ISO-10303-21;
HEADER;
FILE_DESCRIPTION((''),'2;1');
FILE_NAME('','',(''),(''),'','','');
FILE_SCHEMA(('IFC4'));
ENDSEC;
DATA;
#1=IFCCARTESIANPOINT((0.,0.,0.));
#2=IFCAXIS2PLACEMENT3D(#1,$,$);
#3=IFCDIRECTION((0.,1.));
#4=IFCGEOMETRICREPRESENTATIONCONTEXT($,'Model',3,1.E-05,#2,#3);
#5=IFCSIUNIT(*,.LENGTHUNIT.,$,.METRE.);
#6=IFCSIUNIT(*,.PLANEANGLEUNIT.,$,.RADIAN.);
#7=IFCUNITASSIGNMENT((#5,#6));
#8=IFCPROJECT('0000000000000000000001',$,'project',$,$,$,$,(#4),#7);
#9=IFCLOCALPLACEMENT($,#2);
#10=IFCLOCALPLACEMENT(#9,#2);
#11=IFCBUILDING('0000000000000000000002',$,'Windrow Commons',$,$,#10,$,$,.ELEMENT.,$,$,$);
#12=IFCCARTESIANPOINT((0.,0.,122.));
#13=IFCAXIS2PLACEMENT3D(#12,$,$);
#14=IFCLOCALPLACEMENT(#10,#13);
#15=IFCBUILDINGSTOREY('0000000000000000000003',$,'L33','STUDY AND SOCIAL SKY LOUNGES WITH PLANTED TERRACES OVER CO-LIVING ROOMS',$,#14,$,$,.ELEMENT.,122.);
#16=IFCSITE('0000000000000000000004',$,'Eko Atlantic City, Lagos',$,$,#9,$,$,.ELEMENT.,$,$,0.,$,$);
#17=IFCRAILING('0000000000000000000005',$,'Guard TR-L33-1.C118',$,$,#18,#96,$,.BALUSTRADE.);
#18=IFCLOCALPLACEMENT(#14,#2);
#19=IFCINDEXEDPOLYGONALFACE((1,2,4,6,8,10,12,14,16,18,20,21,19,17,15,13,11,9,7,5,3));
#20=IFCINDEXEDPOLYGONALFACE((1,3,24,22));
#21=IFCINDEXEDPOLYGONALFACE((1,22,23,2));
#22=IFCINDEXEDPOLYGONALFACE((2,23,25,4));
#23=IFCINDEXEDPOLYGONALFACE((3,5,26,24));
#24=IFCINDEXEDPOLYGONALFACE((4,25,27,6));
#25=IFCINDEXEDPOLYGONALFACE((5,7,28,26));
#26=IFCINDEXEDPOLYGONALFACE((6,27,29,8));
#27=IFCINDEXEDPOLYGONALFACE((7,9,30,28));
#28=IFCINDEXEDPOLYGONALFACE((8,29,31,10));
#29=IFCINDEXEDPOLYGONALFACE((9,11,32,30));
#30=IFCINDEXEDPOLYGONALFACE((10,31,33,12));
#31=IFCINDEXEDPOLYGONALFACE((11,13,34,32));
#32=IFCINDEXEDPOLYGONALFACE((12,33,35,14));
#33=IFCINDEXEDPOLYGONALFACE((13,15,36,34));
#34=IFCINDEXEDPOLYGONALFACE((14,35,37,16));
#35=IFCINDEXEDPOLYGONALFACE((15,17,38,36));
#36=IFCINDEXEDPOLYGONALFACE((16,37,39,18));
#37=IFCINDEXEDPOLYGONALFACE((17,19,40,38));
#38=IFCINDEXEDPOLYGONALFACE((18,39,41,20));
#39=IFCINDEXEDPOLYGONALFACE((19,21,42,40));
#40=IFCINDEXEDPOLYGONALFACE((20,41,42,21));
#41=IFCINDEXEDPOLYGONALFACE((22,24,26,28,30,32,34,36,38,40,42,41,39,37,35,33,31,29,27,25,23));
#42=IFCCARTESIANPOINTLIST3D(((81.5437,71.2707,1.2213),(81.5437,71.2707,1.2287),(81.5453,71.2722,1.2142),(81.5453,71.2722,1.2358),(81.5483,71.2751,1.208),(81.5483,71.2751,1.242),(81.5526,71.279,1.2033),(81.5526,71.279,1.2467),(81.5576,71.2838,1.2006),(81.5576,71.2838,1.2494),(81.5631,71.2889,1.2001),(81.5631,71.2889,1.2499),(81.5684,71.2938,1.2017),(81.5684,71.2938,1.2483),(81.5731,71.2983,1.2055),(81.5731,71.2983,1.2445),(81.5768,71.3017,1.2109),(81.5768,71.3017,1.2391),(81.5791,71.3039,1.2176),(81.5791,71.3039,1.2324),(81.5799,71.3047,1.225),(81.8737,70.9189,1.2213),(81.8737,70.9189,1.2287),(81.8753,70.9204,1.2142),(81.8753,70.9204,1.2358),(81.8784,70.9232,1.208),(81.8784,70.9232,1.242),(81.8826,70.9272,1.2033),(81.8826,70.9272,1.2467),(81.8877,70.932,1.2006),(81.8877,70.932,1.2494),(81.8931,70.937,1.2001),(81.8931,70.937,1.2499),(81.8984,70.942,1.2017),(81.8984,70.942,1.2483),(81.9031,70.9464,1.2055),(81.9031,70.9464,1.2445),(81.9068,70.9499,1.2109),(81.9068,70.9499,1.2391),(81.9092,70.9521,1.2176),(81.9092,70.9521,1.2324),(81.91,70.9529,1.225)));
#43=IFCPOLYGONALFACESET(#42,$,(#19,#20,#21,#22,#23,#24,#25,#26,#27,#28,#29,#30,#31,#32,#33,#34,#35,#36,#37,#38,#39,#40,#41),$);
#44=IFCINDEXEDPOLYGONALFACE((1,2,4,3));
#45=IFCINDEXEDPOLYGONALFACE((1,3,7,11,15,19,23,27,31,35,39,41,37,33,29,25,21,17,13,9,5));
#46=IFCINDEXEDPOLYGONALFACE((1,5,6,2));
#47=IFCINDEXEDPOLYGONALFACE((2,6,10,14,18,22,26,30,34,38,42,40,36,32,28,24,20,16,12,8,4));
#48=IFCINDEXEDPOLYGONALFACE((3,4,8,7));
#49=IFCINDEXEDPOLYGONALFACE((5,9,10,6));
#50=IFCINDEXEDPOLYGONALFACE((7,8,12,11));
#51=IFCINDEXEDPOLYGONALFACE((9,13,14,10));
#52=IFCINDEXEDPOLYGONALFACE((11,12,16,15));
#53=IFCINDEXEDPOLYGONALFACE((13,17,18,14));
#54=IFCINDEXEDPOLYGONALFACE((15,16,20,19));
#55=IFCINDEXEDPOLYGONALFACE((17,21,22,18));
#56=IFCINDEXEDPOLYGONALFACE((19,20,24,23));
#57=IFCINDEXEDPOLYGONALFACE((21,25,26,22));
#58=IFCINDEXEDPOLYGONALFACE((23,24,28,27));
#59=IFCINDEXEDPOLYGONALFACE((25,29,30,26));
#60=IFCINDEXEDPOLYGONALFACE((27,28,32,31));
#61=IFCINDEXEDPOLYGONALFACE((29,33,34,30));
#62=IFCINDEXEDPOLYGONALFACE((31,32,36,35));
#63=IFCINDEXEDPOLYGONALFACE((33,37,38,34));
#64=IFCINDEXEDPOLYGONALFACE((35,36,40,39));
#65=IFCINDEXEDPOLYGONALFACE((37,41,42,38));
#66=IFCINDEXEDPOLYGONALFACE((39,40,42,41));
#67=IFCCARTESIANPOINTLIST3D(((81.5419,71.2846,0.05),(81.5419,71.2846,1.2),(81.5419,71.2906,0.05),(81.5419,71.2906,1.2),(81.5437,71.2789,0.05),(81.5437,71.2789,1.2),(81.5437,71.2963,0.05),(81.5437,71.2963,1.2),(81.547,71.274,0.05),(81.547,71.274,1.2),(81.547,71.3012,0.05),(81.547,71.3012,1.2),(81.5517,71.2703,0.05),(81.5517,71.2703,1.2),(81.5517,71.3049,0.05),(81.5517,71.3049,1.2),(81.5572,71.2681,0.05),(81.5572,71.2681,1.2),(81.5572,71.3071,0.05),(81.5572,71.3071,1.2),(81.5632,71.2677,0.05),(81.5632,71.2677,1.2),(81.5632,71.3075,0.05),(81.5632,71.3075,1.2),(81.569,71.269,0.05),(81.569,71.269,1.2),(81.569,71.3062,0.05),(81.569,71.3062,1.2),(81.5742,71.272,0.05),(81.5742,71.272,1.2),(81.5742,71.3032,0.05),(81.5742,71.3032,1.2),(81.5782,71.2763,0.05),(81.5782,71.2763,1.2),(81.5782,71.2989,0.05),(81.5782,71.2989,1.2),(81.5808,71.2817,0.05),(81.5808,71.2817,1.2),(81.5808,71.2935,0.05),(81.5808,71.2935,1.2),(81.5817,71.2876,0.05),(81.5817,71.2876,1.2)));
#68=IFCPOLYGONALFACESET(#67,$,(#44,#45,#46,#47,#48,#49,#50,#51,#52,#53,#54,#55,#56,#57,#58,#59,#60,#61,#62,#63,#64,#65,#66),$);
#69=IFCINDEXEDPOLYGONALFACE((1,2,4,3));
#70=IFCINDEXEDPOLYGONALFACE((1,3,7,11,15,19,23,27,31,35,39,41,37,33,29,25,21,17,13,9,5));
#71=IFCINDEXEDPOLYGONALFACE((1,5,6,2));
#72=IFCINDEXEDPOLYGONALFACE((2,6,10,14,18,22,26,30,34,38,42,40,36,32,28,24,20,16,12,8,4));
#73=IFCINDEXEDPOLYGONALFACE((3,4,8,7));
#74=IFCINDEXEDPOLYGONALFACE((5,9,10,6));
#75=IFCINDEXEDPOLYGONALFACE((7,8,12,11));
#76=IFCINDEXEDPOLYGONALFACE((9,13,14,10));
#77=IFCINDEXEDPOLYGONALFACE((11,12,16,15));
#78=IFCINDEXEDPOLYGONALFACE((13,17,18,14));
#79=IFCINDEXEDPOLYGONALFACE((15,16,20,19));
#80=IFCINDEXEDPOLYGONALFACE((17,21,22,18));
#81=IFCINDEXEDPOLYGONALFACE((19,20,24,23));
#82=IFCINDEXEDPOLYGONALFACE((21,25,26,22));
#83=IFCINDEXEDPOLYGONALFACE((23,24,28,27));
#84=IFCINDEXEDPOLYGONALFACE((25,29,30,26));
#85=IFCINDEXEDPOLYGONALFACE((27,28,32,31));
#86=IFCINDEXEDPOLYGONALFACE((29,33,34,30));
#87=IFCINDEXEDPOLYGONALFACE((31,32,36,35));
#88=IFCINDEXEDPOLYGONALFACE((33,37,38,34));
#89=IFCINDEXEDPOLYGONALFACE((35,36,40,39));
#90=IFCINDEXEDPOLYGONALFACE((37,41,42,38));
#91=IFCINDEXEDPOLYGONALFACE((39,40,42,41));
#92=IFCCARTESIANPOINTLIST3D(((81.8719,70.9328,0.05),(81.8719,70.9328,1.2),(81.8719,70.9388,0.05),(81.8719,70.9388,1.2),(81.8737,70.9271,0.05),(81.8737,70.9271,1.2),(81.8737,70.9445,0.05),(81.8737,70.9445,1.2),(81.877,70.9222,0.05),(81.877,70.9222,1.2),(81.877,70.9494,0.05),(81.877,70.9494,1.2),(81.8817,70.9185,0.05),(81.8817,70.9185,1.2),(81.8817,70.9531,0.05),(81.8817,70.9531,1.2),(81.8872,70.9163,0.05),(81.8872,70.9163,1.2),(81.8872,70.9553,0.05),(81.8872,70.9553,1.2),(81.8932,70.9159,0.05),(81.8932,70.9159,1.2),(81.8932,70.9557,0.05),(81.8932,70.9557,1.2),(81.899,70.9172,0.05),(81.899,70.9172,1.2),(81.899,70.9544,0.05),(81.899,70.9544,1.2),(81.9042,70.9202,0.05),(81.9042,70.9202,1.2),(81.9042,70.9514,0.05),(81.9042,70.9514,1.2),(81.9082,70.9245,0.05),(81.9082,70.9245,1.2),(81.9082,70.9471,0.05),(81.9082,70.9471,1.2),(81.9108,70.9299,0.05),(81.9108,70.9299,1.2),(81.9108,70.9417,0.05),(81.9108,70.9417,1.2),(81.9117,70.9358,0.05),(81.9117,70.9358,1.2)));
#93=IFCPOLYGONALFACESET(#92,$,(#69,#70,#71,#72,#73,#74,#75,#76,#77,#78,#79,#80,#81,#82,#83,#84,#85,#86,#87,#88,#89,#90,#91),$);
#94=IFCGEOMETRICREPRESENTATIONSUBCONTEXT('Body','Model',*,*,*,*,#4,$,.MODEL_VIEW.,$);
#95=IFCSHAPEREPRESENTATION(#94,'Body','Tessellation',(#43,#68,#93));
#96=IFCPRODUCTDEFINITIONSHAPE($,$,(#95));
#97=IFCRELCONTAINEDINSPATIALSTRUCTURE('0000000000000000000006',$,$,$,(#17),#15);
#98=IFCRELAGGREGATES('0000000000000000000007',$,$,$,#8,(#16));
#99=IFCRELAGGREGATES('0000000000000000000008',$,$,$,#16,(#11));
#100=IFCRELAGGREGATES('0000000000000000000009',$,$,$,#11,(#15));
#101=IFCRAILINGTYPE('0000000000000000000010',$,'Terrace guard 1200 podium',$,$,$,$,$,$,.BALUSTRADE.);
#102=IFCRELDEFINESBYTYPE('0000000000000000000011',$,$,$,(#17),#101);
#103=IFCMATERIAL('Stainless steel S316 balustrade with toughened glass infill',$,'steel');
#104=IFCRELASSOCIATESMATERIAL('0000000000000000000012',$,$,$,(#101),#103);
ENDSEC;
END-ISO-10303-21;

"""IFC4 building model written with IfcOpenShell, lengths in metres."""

from ifc_helpers import new_model, si_unit, direction, frame, origin, origin_2d, place, context, subcontext, project, spatial, circle, extrude, material, type_object, element, save


model = new_model("IFC4")

# Units and contexts
model_context = context("Model", 3, precision=1e-05, world=origin(), true_north=direction((0.0, 1.0)))
body_context = subcontext(model_context, "Body", "Model", "MODEL_VIEW")
ifc_project = project(units=[si_unit("LENGTHUNIT", "METRE"), si_unit("PLANEANGLEUNIT", "RADIAN")], contexts=[model_context])

# Site, building, storey
site_placement = place(None, origin())
site = spatial("IfcSite", under=ifc_project, at=site_placement, Name="Eko Atlantic City, Lagos", CompositionType="ELEMENT", RefElevation=0.0)
building_placement = place(site_placement, origin())
building = spatial("IfcBuilding", under=site, at=building_placement, Name="Windrow Commons", CompositionType="ELEMENT")
storey_placement = place(building_placement, frame((0.0, 0.0, 122.0)))
storey = spatial("IfcBuildingStorey", under=building, at=storey_placement, Name="L33", Description="STUDY AND SOCIAL SKY LOUNGES WITH PLANTED TERRACES OVER CO-LIVING ROOMS", CompositionType="ELEMENT", Elevation=122.0)

# Railing
ifc_material_1 = material(Name="Stainless steel S316 balustrade with toughened glass infill", Category="steel")
railing_type_1 = type_object("IfcRailingType", Name="Terrace guard 1200 podium", PredefinedType="BALUSTRADE", material=ifc_material_1)
railing_1_placement = place(storey_placement, frame((81.5617, 71.2876, 0.05)))
element("IfcRailing", 1, at=railing_1_placement, inside=storey, type_object=railing_type_1, Name="Guard TR-L33-1.C118", PredefinedType="BALUSTRADE", context=body_context, shape_type="SweptSolid", body=[
    extrude(circle(Radius=0.025, at=origin_2d()), frame((0.0, 0.0, 1.175), z_axis=(0.684148, -0.729343, 0.0), x_axis=(0.729343, 0.684148, 0.0)), (0.0, 0.0, 1.0), 0.4824),
    extrude(circle(Radius=0.02, at=origin_2d()), origin(), (0.0, 0.0, 1.0), 1.15),
    extrude(circle(Radius=0.02, at=origin_2d()), frame((0.33, -0.3518, 0.0)), (0.0, 0.0, 1.0), 1.15),
])

save(model, "model.ifc")
